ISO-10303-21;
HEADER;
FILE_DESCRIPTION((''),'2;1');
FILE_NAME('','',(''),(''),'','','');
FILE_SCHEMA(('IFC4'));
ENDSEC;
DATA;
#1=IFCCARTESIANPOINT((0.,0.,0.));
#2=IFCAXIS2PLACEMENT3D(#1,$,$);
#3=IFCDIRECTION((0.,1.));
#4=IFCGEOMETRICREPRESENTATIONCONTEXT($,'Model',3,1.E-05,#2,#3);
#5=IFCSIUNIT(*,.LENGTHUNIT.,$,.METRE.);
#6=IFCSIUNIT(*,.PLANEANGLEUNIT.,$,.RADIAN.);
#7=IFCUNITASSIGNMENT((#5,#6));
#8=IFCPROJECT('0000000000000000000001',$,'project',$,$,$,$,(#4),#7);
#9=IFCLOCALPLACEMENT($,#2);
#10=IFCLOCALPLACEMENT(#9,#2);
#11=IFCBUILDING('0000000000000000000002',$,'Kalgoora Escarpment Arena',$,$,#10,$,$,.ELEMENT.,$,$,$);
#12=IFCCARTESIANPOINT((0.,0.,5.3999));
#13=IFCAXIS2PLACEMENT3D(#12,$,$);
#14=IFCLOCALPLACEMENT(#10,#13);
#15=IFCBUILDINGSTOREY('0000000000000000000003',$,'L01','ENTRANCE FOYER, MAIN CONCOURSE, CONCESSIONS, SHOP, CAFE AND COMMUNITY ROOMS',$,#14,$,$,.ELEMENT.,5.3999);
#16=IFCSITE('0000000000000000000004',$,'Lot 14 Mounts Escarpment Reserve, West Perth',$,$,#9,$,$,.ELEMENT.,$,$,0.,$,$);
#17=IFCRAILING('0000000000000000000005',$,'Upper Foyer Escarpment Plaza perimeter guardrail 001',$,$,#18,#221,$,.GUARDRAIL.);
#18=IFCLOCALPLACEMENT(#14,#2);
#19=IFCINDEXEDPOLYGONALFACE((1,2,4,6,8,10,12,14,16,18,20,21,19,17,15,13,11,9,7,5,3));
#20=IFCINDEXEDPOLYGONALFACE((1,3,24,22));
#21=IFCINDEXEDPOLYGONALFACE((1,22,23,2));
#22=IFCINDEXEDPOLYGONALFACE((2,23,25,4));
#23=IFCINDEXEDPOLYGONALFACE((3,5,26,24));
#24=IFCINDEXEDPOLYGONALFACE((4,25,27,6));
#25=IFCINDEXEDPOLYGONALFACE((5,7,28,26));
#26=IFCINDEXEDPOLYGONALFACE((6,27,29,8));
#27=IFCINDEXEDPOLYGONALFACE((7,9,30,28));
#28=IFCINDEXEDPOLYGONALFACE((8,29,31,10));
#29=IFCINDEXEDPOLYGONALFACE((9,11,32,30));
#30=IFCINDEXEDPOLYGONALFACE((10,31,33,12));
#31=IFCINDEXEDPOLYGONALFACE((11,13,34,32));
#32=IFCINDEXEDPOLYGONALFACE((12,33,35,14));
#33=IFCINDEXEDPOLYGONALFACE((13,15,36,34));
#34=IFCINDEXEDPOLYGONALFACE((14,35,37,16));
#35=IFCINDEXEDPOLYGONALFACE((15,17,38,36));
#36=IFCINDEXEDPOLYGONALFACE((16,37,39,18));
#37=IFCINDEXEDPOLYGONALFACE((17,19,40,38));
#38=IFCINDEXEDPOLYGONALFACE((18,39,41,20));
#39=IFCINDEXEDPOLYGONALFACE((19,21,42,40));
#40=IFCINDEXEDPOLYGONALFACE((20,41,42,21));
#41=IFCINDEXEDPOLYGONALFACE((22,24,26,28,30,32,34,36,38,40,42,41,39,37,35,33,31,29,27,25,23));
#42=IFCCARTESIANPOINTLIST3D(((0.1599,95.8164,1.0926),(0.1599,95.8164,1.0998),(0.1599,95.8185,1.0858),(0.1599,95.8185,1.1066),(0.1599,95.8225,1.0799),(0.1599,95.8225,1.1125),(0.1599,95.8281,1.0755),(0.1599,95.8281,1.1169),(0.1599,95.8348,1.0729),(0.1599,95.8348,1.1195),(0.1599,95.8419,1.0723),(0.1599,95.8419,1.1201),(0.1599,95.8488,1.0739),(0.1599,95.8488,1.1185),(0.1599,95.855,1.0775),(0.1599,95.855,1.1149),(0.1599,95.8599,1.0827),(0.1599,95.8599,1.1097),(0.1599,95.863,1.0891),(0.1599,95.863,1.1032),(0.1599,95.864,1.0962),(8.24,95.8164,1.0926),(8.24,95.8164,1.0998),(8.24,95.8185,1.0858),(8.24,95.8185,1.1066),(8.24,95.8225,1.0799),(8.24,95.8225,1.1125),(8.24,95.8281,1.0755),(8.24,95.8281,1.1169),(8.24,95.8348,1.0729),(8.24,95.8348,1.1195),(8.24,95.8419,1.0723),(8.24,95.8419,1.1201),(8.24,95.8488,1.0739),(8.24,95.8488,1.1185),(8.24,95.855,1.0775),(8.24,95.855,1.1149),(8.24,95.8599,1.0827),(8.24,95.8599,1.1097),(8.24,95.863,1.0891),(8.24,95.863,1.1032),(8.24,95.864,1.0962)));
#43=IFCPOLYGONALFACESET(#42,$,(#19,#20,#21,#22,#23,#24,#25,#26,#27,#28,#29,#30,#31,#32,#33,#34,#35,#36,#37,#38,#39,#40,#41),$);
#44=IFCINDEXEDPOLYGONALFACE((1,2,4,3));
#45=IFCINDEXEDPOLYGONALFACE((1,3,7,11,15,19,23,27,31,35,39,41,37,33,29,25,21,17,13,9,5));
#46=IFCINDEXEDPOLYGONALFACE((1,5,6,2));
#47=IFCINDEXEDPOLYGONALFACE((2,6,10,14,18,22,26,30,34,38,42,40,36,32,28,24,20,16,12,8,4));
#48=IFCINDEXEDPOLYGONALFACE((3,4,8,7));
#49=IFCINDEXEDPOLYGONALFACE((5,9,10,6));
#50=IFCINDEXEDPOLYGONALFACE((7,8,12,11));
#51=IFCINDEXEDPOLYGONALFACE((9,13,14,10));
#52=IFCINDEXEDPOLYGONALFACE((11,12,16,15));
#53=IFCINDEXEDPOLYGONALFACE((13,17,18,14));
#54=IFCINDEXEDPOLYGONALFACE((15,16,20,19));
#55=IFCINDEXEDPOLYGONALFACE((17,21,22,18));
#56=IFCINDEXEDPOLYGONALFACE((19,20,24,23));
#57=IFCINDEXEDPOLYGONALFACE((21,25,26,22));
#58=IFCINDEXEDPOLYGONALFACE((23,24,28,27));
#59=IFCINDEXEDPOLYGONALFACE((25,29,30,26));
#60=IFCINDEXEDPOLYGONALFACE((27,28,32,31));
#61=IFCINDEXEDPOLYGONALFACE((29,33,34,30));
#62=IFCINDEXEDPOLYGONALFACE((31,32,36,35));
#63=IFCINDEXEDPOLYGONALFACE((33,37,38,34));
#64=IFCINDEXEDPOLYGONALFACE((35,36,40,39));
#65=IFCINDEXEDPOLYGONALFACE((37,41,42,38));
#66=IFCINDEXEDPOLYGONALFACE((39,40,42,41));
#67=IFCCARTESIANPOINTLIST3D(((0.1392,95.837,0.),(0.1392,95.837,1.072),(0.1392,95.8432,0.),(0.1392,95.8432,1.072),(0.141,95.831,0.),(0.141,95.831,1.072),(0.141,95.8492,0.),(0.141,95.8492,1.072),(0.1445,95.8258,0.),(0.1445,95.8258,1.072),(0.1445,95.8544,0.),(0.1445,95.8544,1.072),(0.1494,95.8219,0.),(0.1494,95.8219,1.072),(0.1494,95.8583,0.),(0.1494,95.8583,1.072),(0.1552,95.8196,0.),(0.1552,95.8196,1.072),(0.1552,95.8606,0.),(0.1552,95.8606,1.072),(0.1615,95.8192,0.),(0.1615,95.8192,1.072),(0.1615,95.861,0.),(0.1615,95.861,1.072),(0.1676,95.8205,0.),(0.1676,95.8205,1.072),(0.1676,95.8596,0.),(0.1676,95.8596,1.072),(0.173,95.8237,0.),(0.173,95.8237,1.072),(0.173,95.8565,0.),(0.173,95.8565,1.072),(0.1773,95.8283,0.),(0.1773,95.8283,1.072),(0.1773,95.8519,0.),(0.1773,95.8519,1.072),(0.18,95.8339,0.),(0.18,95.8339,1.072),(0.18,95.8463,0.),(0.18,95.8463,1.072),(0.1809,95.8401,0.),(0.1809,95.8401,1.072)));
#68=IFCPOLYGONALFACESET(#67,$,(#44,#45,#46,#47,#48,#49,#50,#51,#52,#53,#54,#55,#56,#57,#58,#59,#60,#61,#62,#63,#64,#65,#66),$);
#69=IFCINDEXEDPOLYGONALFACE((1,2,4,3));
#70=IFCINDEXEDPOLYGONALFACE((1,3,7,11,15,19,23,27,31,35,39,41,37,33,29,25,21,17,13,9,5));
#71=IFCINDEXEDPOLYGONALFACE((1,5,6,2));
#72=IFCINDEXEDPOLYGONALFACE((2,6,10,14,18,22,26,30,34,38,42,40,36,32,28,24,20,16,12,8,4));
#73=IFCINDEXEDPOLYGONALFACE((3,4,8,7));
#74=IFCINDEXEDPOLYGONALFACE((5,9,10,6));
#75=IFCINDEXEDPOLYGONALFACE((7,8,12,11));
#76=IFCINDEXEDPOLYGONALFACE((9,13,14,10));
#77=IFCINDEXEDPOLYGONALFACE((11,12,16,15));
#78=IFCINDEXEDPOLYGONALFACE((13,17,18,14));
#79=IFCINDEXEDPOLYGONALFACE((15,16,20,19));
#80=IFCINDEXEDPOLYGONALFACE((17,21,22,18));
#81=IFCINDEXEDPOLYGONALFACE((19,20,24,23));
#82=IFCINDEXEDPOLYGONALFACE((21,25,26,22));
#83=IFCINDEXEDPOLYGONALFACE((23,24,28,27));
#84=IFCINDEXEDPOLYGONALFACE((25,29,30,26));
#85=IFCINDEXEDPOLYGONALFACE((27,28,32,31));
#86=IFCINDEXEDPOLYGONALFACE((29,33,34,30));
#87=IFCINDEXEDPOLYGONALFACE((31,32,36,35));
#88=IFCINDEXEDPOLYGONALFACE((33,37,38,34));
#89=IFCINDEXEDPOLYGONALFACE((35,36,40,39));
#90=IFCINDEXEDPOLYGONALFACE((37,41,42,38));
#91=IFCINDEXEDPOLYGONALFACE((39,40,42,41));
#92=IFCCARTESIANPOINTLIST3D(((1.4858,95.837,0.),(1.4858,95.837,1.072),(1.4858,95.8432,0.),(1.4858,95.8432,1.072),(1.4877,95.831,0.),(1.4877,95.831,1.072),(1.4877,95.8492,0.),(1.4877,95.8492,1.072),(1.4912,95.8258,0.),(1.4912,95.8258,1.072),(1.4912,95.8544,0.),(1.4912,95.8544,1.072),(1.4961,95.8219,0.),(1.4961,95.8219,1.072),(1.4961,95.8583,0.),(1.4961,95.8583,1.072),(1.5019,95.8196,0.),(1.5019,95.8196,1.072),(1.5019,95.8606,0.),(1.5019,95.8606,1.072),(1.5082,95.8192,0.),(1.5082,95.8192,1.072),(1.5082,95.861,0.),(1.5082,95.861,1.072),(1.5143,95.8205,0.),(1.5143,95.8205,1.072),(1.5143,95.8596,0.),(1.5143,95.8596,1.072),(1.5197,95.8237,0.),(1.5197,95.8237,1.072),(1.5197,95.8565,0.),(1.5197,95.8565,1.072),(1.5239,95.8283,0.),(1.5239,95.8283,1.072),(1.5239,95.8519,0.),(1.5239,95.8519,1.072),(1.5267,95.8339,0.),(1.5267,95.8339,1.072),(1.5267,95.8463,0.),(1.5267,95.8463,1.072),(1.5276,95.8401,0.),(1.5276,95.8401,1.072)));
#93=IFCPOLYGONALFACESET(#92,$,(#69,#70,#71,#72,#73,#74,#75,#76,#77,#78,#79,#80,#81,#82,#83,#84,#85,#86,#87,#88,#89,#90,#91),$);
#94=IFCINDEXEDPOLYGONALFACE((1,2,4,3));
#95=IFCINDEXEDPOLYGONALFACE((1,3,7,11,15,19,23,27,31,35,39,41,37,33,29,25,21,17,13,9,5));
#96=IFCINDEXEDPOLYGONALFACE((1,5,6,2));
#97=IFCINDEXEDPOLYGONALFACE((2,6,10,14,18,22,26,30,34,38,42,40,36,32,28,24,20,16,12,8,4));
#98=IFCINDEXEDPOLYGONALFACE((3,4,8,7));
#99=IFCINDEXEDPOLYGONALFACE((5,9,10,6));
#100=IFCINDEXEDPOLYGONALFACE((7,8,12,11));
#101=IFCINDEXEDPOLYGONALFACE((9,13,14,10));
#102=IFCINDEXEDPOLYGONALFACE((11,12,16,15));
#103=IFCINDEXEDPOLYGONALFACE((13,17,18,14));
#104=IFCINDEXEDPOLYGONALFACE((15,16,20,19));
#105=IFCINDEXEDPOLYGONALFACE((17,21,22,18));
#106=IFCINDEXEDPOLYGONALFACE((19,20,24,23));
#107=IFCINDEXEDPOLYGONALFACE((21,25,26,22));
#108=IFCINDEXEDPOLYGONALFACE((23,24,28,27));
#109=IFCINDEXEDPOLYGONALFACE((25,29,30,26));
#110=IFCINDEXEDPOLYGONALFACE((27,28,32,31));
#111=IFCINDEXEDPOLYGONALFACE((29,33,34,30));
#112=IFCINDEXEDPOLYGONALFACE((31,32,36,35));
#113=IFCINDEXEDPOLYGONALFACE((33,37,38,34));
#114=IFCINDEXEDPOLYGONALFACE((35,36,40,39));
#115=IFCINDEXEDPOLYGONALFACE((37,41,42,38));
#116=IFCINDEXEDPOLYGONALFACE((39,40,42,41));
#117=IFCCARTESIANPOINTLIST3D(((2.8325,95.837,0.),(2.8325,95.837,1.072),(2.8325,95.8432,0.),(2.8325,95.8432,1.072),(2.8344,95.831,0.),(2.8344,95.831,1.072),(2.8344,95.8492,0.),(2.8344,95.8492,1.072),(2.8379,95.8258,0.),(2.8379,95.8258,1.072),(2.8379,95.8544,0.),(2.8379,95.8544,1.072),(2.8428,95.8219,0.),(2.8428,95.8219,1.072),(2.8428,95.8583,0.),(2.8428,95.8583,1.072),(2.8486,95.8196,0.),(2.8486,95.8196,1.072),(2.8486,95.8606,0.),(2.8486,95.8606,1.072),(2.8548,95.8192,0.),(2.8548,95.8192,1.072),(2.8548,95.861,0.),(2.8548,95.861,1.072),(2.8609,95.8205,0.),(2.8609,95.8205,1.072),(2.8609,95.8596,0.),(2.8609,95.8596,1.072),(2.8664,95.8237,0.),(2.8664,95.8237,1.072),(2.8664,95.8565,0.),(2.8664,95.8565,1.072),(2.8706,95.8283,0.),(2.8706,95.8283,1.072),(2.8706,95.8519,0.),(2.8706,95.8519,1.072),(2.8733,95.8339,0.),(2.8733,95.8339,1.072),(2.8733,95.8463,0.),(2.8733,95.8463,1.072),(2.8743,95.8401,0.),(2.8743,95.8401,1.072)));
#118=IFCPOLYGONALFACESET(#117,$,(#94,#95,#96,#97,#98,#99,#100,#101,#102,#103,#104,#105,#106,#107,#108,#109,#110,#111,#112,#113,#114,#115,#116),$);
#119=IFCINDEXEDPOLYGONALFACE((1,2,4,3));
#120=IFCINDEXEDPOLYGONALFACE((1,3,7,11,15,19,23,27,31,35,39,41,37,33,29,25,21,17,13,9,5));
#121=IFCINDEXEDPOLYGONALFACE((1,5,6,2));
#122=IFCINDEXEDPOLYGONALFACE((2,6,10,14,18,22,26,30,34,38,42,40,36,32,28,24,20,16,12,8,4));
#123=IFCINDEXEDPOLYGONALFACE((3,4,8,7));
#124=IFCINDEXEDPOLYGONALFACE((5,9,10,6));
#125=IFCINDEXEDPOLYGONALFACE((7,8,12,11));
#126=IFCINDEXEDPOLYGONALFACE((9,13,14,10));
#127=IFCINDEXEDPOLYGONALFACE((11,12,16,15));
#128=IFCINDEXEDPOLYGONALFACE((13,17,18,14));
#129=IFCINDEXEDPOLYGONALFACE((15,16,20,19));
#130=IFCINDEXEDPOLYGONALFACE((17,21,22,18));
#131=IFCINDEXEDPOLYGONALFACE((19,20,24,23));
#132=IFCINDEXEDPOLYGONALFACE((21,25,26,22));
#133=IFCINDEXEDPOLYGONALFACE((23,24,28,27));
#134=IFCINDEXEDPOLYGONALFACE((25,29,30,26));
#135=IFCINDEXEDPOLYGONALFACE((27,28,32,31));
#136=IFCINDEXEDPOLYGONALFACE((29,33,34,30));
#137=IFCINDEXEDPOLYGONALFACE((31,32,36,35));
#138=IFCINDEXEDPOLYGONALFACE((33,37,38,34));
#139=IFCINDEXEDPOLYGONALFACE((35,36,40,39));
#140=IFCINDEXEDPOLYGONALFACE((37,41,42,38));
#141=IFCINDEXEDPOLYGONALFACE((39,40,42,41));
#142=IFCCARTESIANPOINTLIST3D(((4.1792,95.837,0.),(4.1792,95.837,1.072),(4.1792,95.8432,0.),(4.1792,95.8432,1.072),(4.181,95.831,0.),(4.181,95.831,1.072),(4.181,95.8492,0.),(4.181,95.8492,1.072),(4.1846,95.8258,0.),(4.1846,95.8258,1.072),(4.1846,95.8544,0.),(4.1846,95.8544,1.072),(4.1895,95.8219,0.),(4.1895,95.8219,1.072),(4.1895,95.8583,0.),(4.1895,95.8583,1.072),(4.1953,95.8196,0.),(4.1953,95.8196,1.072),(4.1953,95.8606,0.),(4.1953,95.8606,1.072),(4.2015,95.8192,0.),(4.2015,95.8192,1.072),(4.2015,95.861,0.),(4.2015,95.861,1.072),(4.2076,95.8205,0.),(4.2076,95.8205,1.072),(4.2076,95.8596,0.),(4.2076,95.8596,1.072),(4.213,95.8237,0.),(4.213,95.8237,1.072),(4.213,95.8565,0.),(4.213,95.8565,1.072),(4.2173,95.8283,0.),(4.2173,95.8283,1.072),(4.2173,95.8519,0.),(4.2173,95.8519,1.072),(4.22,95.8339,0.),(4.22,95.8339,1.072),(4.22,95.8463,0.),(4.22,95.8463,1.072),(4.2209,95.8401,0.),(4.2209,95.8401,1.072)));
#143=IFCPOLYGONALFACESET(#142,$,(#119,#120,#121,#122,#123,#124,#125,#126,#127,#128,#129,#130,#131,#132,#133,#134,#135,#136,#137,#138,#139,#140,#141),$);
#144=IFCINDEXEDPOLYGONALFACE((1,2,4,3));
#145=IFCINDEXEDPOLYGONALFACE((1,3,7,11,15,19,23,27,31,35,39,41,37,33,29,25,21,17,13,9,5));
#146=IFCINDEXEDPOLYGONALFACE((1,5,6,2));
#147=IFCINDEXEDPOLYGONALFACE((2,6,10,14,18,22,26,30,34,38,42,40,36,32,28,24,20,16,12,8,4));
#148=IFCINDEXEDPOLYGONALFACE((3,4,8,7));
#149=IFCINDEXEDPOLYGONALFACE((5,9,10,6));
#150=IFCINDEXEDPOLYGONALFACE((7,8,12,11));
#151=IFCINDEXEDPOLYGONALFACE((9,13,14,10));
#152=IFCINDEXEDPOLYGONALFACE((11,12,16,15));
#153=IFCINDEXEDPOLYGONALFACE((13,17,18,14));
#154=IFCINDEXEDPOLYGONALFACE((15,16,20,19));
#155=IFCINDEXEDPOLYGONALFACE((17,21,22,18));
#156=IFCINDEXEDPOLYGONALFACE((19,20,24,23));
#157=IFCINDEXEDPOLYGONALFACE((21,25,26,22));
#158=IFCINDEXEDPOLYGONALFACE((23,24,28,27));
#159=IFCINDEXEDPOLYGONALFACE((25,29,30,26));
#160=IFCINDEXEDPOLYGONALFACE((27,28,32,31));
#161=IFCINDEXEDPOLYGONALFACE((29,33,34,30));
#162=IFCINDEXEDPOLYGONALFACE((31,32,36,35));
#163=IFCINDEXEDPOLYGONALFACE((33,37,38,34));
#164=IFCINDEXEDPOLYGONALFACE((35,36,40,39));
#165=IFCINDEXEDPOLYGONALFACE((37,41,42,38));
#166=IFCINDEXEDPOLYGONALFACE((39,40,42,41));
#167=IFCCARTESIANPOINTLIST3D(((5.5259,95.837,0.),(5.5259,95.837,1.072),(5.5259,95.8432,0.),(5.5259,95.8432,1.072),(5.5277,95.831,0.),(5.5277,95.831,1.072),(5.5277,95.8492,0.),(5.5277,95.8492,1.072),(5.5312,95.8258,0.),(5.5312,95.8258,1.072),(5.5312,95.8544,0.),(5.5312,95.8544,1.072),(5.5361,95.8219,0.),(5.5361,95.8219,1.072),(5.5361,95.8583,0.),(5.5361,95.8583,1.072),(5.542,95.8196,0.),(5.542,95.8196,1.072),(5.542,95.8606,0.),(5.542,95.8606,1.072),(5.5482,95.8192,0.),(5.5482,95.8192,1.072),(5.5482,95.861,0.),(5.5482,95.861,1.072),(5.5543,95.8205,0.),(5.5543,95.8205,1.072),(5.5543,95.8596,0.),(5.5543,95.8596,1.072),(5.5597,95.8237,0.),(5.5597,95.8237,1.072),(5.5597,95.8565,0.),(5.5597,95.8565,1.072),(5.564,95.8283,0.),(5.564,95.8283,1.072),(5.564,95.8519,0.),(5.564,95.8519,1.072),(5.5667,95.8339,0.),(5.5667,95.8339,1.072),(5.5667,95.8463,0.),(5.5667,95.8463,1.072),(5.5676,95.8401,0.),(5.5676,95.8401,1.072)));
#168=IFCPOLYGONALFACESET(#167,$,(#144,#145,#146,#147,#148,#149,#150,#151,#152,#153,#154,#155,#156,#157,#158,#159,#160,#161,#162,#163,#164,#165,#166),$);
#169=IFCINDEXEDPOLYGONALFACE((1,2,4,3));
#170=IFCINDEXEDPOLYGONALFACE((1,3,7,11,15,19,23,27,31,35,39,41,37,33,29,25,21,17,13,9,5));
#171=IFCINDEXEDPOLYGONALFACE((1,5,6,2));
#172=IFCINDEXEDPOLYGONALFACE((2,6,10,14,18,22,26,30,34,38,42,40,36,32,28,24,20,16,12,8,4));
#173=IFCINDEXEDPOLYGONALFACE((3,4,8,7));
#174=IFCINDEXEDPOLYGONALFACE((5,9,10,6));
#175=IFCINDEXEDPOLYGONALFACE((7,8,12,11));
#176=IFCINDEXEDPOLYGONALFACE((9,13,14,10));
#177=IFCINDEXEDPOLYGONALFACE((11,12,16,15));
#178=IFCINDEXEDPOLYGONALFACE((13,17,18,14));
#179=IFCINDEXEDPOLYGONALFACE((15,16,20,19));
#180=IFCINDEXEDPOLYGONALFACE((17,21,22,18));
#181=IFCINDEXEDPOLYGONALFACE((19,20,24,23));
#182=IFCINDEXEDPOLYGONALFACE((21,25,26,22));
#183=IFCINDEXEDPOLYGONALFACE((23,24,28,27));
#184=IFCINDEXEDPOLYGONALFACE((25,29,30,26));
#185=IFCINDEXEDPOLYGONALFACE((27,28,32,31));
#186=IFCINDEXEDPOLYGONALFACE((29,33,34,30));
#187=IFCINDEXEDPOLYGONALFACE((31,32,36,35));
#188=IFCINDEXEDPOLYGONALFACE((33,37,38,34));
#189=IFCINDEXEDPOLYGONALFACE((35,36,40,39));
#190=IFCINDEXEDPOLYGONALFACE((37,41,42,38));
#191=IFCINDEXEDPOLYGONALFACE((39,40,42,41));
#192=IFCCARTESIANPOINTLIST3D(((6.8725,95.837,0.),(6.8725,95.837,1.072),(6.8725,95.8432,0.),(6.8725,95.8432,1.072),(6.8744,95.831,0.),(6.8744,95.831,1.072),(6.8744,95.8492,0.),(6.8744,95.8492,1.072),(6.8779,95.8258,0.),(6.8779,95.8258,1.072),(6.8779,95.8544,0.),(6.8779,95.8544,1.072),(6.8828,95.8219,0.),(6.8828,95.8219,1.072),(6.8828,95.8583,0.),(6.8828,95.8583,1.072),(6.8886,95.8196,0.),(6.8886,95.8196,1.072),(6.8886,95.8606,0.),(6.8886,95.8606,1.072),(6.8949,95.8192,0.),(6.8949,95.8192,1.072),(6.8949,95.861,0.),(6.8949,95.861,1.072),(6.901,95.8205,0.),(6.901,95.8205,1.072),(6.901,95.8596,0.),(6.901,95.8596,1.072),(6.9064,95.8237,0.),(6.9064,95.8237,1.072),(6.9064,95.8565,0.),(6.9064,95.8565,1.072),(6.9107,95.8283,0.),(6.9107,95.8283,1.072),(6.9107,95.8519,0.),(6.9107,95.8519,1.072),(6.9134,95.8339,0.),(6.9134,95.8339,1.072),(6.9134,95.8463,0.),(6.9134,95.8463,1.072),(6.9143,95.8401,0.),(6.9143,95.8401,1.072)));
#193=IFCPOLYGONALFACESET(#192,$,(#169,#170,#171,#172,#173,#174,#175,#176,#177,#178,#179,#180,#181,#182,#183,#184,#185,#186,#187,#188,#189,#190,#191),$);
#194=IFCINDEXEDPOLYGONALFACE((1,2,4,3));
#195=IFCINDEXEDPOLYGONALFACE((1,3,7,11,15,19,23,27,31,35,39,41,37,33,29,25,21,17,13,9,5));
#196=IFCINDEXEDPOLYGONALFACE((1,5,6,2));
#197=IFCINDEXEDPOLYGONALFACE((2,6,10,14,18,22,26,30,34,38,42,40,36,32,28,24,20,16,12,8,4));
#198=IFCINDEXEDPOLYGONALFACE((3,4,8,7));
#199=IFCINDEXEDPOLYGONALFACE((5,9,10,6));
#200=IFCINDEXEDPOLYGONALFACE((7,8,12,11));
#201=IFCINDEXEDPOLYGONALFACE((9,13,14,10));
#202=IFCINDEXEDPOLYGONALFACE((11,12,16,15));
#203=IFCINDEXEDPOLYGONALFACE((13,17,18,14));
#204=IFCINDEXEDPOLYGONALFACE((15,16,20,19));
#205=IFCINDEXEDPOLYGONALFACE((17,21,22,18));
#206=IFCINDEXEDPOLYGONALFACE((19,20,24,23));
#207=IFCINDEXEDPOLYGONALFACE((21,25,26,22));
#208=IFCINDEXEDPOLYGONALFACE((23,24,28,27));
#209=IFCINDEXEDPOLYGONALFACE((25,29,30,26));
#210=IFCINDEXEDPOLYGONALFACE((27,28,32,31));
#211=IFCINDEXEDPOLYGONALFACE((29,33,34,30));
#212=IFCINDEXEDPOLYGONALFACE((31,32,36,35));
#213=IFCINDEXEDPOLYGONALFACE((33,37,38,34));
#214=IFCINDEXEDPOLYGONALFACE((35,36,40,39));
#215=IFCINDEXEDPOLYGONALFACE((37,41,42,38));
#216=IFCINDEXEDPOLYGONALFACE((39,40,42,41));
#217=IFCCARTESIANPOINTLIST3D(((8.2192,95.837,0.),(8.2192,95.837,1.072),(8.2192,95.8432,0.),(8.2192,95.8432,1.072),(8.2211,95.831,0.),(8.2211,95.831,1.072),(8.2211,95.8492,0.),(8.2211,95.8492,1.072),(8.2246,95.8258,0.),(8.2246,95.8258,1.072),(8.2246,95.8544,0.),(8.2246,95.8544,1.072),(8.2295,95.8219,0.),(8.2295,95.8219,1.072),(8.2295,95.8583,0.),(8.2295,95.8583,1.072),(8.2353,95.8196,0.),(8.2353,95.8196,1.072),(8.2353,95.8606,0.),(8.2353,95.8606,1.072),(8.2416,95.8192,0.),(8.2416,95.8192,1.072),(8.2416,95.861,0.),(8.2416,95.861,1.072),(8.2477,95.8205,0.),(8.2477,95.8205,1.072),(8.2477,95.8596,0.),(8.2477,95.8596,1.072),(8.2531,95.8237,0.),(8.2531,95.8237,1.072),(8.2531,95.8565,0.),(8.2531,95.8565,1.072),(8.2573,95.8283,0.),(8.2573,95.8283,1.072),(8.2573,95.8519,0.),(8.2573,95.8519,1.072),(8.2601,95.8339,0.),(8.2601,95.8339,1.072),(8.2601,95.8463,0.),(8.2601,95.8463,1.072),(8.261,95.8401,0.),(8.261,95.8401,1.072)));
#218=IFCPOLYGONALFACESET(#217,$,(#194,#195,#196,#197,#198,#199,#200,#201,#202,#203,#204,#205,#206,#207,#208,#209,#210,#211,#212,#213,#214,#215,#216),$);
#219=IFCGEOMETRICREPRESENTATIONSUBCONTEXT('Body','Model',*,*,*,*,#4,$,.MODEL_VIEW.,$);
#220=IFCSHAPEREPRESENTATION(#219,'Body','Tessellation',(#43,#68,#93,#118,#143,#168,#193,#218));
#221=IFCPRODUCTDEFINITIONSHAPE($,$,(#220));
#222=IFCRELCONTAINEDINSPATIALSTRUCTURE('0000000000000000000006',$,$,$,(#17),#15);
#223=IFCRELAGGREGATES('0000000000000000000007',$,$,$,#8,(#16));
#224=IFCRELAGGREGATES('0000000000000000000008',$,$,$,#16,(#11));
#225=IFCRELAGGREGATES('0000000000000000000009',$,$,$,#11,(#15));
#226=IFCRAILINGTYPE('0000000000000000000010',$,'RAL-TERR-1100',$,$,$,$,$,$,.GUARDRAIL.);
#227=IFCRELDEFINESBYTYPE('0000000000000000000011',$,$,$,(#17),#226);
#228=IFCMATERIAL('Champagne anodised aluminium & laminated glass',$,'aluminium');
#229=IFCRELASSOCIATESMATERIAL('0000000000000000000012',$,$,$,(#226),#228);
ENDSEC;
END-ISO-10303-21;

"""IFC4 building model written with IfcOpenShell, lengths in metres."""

from ifc_helpers import new_model, si_unit, direction, frame, origin, origin_2d, place, context, subcontext, project, spatial, circle, extrude, material, type_object, element, save


model = new_model("IFC4")

# Units and contexts
model_context = context("Model", 3, precision=1e-05, world=origin(), true_north=direction((0.0, 1.0)))
body_context = subcontext(model_context, "Body", "Model", "MODEL_VIEW")
ifc_project = project(units=[si_unit("LENGTHUNIT", "METRE"), si_unit("PLANEANGLEUNIT", "RADIAN")], contexts=[model_context])

# Site, building, storey
site_placement = place(None, origin())
site = spatial("IfcSite", under=ifc_project, at=site_placement, Name="Lot 14 Mounts Escarpment Reserve, West Perth", CompositionType="ELEMENT", RefElevation=0.0)
building_placement = place(site_placement, origin())
building = spatial("IfcBuilding", under=site, at=building_placement, Name="Kalgoora Escarpment Arena", CompositionType="ELEMENT")
storey_placement = place(building_placement, frame((0.0, 0.0, 5.3999)))
storey = spatial("IfcBuildingStorey", under=building, at=storey_placement, Name="L01", Description="ENTRANCE FOYER, MAIN CONCOURSE, CONCESSIONS, SHOP, CAFE AND COMMUNITY ROOMS", CompositionType="ELEMENT", Elevation=5.3999)

# Railing
ifc_material_1 = material(Name="Champagne anodised aluminium & laminated glass", Category="aluminium")
railing_type = type_object("IfcRailingType", Name="RAL-TERR-1100", PredefinedType="GUARDRAIL", material=ifc_material_1)
railing_1_placement = place(storey_placement, frame((0.1599, 95.8401, 0.0)))
element("IfcRailing", 1, at=railing_1_placement, inside=storey, type_object=railing_type, Name="Upper Foyer Escarpment Plaza perimeter guardrail 001", PredefinedType="GUARDRAIL", context=body_context, shape_type="SweptSolid", body=[
    extrude(circle(Radius=0.0239, at=origin_2d()), frame((0.0, 0.0, 1.0962), z_axis=(1.0, 0.0, 0.0), x_axis=(0.0, 1.0, 0.0)), (0.0, 0.0, 1.0), 8.0801),
    extrude(circle(Radius=0.021, at=origin_2d()), origin(), (0.0, 0.0, 1.0), 1.072),
    extrude(circle(Radius=0.021, at=origin_2d()), frame((1.3467, 0.0, 0.0)), (0.0, 0.0, 1.0), 1.072),
    extrude(circle(Radius=0.021, at=origin_2d()), frame((2.6934, 0.0, 0.0)), (0.0, 0.0, 1.0), 1.072),
    extrude(circle(Radius=0.021, at=origin_2d()), frame((4.04, 0.0, 0.0)), (0.0, 0.0, 1.0), 1.072),
    extrude(circle(Radius=0.021, at=origin_2d()), frame((5.3867, 0.0, 0.0)), (0.0, 0.0, 1.0), 1.072),
    extrude(circle(Radius=0.021, at=origin_2d()), frame((6.7334, 0.0, 0.0)), (0.0, 0.0, 1.0), 1.072),
    extrude(circle(Radius=0.021, at=origin_2d()), frame((8.0801, 0.0, 0.0)), (0.0, 0.0, 1.0), 1.072),
])

save(model, "model.ifc")
